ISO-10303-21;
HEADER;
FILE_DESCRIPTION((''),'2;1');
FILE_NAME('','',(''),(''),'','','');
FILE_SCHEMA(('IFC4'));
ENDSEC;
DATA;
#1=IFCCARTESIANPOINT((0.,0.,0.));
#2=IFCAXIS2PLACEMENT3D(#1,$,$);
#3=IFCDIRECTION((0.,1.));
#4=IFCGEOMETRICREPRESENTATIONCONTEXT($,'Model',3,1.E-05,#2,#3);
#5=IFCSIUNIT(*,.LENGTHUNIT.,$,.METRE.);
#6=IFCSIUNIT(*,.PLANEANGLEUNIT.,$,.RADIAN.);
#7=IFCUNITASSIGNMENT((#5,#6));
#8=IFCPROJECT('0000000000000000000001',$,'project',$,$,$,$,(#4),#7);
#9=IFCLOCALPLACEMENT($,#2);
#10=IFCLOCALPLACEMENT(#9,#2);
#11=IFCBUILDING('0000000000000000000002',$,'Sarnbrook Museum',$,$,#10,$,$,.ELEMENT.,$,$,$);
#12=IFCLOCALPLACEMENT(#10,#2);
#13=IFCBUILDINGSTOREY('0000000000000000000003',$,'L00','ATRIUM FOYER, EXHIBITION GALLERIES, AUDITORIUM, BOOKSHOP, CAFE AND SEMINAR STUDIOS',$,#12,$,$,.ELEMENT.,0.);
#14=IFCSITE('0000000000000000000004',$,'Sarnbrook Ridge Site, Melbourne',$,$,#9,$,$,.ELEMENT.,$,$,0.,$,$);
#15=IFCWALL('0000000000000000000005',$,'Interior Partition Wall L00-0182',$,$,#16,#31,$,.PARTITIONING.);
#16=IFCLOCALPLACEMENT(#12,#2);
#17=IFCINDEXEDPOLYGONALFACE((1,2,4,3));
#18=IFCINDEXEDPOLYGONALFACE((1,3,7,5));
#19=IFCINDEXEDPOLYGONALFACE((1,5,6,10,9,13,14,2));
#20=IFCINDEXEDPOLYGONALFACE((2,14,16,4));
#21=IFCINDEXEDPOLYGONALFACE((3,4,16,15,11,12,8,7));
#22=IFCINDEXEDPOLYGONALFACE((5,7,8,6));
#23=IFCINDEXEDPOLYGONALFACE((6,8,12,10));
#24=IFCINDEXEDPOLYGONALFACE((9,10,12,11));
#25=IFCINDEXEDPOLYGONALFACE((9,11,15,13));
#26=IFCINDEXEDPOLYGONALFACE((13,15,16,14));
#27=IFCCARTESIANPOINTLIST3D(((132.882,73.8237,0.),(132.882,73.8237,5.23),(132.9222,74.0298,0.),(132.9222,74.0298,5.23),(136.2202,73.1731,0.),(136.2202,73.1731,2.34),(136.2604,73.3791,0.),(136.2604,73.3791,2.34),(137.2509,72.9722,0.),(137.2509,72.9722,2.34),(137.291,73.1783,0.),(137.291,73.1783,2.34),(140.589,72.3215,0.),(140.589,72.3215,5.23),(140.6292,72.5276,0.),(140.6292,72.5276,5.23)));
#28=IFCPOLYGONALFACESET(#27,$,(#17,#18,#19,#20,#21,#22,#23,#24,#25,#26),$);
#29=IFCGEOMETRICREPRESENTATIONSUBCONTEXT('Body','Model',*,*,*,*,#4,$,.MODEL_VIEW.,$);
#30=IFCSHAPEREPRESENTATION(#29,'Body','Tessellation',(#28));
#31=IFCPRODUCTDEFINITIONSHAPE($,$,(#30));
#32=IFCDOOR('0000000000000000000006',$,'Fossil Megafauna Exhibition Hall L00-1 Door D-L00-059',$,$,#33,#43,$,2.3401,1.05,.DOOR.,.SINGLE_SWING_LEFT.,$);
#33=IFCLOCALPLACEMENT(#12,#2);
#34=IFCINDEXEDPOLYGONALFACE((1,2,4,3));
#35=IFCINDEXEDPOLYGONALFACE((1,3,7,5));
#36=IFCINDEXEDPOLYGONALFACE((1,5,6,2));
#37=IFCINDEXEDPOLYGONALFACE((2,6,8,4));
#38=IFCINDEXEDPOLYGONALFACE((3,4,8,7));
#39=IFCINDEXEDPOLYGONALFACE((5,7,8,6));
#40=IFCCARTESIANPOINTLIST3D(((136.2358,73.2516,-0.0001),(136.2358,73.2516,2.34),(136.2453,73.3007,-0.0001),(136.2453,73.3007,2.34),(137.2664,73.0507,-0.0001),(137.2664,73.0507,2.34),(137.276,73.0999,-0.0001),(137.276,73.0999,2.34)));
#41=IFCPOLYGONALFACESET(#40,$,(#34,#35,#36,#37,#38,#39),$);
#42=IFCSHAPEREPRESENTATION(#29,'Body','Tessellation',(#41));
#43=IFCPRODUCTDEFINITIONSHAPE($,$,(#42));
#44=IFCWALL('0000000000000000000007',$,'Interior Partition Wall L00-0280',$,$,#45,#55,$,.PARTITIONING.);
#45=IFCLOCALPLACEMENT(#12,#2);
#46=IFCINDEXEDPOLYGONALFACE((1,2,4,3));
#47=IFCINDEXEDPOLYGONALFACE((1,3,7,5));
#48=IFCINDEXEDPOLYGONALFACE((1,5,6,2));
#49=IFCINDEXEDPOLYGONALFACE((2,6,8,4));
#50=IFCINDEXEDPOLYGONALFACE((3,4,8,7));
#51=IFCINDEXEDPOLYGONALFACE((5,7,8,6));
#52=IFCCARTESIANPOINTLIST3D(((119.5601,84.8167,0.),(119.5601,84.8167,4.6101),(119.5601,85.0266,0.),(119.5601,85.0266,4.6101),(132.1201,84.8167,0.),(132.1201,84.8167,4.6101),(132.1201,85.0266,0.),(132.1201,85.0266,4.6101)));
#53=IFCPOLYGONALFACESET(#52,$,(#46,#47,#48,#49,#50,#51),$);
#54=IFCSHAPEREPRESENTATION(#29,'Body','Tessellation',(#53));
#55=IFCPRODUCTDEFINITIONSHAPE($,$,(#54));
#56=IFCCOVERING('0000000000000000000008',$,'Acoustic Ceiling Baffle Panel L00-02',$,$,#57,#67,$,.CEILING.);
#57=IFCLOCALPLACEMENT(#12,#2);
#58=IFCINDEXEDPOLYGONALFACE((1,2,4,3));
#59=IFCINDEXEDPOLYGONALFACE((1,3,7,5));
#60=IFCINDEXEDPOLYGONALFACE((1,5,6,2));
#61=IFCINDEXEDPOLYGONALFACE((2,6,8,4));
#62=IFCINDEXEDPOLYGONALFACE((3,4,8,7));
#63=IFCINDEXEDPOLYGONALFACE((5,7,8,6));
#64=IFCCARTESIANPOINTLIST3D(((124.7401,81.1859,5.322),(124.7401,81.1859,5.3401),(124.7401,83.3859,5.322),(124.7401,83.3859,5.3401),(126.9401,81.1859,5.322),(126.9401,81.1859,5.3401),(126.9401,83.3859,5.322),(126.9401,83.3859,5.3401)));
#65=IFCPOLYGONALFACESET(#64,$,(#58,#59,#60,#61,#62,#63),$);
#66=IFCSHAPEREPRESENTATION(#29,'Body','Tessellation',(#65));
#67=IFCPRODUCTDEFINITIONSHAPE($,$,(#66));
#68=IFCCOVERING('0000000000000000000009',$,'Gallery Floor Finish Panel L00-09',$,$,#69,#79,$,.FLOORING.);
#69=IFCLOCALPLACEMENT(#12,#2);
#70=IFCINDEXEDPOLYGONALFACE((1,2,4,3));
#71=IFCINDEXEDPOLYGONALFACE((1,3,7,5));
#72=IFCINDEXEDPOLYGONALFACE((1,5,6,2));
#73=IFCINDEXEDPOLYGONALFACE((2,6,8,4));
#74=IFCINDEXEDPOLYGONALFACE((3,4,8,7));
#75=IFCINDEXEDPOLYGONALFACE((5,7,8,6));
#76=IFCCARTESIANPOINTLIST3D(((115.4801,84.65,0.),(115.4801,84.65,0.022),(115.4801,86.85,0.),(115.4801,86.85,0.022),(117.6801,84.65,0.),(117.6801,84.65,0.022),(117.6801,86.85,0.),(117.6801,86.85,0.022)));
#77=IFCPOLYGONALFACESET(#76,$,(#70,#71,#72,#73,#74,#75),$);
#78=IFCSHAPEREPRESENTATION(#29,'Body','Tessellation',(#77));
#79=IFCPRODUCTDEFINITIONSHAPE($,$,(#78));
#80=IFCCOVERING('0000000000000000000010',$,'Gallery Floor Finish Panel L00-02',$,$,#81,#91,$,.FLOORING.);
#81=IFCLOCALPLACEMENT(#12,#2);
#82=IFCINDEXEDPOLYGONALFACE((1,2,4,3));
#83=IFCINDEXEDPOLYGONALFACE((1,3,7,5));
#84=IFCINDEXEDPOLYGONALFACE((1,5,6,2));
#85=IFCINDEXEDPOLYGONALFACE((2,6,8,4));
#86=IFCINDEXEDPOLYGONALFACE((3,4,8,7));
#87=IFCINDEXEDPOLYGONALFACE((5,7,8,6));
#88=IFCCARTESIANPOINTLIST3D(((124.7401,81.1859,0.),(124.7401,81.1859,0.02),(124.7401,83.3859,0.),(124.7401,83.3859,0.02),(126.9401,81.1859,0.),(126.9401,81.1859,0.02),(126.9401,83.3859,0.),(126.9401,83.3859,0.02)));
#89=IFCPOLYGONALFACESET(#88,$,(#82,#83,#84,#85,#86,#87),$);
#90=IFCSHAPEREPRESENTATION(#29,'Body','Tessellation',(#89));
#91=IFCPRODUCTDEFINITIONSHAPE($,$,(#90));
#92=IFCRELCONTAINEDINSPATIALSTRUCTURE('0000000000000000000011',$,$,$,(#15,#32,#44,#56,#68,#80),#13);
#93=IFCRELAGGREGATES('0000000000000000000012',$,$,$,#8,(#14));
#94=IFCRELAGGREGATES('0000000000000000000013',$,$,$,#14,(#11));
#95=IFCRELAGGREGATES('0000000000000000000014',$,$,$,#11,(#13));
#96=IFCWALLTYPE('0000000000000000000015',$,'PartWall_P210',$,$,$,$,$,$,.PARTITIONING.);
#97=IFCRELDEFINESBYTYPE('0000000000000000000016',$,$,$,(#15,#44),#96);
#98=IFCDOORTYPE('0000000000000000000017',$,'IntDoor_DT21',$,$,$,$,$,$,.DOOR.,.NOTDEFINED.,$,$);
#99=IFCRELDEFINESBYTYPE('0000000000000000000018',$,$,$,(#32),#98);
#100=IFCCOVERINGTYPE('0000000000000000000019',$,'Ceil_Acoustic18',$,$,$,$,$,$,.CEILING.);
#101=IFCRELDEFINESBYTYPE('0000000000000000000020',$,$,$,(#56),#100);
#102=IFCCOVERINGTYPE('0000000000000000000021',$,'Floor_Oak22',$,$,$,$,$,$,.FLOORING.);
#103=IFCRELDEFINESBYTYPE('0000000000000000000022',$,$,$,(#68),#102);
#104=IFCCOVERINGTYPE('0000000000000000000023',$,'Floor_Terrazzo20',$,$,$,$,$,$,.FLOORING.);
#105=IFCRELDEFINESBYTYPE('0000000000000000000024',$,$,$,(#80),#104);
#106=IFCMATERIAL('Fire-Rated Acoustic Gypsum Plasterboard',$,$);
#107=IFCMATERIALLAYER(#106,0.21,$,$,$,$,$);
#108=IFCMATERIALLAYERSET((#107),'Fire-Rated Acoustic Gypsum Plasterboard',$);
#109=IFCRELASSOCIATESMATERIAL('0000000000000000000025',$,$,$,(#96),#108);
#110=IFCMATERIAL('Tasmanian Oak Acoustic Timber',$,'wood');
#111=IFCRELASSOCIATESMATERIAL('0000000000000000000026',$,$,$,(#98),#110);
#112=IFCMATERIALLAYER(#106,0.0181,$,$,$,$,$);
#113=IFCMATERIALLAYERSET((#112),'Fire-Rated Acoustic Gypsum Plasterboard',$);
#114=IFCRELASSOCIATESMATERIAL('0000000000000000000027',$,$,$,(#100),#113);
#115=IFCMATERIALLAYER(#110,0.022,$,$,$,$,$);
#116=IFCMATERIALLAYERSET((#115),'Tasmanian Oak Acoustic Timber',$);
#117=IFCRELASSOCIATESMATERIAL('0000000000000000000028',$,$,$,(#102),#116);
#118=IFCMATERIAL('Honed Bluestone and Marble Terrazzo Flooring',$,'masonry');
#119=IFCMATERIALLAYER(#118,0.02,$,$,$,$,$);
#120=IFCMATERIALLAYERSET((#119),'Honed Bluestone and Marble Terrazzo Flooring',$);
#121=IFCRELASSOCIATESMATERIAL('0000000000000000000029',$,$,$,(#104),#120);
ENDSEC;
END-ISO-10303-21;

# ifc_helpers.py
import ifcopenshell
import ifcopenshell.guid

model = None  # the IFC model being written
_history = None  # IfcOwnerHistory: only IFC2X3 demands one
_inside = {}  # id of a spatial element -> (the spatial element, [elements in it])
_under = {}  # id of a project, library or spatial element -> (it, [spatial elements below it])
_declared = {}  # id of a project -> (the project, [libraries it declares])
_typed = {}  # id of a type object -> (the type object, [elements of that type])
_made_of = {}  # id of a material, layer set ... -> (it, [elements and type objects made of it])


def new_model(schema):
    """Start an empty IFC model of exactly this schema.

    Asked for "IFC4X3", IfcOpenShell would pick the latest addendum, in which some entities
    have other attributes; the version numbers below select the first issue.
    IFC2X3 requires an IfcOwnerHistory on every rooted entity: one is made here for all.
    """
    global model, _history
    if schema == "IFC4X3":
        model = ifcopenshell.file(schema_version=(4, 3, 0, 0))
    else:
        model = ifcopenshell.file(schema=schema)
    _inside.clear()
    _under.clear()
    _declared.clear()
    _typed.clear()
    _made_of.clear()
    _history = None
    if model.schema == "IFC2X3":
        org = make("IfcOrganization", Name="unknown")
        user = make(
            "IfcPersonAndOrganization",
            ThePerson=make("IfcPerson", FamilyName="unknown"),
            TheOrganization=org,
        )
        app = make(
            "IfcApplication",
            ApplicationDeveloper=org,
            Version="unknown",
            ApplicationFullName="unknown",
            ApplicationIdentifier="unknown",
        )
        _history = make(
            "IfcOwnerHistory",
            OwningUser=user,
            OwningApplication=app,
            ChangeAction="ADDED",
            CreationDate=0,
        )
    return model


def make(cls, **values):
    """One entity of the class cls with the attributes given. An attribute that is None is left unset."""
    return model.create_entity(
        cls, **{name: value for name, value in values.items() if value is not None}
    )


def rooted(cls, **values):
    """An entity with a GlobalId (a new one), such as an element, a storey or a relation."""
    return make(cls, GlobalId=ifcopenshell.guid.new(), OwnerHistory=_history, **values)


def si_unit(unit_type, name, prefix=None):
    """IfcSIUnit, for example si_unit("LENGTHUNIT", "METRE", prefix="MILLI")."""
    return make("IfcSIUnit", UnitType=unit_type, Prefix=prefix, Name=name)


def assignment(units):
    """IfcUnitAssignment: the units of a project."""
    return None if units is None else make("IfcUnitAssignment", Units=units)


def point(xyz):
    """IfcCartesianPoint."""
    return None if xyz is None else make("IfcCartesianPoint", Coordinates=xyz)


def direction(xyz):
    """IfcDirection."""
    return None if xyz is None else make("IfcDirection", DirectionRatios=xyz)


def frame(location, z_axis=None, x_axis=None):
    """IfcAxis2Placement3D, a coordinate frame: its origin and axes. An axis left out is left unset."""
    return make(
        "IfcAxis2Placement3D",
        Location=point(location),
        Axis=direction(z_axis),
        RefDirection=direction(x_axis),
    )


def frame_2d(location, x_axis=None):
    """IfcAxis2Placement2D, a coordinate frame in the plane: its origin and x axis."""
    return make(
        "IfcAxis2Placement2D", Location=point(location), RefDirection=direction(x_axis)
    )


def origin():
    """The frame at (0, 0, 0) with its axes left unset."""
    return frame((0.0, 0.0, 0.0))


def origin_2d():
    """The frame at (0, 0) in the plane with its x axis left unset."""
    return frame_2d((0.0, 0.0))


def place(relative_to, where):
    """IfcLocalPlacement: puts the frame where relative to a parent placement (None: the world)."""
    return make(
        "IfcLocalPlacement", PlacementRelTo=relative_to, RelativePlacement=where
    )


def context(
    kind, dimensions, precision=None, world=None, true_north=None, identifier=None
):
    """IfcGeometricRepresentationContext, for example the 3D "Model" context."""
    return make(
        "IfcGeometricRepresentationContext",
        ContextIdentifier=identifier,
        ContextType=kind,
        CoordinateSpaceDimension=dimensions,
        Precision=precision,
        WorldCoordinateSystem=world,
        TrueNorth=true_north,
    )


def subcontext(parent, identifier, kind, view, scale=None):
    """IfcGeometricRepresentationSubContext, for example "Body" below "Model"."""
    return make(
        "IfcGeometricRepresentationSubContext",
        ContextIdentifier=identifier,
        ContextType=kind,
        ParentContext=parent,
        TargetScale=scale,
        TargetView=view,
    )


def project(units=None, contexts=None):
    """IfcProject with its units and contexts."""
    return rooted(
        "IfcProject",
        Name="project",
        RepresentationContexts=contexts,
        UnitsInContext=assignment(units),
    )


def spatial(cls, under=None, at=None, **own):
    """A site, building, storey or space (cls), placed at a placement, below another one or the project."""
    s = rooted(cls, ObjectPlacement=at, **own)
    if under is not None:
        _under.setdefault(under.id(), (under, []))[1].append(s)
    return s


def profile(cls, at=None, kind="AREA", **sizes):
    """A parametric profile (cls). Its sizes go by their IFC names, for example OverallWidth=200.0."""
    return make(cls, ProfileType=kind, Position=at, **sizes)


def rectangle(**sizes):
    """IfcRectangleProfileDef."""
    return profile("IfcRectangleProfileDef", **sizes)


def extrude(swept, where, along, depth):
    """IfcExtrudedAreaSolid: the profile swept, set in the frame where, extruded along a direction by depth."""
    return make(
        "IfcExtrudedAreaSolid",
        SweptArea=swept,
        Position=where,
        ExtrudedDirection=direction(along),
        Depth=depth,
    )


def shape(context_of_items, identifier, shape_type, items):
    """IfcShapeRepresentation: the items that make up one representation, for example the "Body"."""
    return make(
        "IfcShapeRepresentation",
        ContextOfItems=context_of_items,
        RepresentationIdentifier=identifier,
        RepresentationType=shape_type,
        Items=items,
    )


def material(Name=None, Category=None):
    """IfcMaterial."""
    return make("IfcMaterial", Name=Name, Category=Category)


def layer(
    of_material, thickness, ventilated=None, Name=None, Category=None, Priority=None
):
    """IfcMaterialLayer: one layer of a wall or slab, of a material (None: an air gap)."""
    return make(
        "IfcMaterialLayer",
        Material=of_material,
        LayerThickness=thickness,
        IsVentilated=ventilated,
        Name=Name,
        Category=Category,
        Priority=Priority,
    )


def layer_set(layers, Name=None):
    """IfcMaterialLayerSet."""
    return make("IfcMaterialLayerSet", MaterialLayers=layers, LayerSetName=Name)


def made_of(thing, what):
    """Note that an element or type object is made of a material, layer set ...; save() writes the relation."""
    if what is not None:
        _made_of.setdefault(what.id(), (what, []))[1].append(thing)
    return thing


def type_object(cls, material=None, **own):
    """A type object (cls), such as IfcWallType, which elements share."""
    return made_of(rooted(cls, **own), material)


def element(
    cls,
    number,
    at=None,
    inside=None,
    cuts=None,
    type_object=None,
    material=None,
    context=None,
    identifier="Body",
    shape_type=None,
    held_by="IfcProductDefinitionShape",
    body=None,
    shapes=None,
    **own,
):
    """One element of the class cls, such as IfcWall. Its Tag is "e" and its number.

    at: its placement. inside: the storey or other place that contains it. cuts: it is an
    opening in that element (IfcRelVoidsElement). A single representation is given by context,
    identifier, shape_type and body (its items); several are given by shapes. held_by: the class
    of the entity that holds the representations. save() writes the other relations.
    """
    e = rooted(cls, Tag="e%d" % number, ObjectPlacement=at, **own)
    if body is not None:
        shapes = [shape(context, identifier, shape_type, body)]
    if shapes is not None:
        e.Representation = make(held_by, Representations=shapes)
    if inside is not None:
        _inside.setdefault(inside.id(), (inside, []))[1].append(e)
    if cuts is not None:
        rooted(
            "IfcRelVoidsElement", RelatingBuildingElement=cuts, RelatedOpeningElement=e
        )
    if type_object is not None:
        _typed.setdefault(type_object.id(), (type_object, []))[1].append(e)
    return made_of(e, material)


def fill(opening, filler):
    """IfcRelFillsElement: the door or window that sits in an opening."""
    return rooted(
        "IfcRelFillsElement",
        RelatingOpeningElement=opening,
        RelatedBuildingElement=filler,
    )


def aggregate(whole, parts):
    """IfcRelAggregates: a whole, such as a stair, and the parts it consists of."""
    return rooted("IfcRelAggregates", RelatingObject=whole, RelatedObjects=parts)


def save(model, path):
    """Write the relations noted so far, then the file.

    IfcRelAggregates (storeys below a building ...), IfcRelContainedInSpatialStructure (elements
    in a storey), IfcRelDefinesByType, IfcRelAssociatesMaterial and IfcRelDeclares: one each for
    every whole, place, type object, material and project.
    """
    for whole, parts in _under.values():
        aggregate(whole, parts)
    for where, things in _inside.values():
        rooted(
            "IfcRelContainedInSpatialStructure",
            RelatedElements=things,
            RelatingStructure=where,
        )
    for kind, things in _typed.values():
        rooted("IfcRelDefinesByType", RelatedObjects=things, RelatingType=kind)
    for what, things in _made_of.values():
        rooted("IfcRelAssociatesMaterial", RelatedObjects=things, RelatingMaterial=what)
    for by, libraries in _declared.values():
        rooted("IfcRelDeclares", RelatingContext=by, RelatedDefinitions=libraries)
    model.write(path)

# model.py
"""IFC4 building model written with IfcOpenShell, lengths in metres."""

from ifc_helpers import new_model, si_unit, direction, frame, frame_2d, origin, origin_2d, place, context, subcontext, project, spatial, rectangle, extrude, material, layer, layer_set, type_object, element, fill, save


model = new_model("IFC4")

# Units and contexts
model_context = context("Model", 3, precision=1e-05, world=origin(), true_north=direction((0.0, 1.0)))
body_context = subcontext(model_context, "Body", "Model", "MODEL_VIEW")
ifc_project = project(units=[si_unit("LENGTHUNIT", "METRE"), si_unit("PLANEANGLEUNIT", "RADIAN")], contexts=[model_context])

# Site, building, storey
site_placement = place(None, origin())
site = spatial("IfcSite", under=ifc_project, at=site_placement, Name="Sarnbrook Ridge Site, Melbourne", CompositionType="ELEMENT", RefElevation=0.0)
building_placement = place(site_placement, origin())
building = spatial("IfcBuilding", under=site, at=building_placement, Name="Sarnbrook Museum", CompositionType="ELEMENT")
storey_placement = place(building_placement, origin())
storey = spatial("IfcBuildingStorey", under=building, at=storey_placement, Name="L00", Description="ATRIUM FOYER, EXHIBITION GALLERIES, AUDITORIUM, BOOKSHOP, CAFE AND SEMINAR STUDIOS", CompositionType="ELEMENT", Elevation=0.0)

# Shared definitions
ifc_material_1 = material(Name="Fire-Rated Acoustic Gypsum Plasterboard")

# Shared definitions
ifc_material_2 = material(Name="Tasmanian Oak Acoustic Timber", Category="wood")

# Wall, opening, door
ifc_layer_1 = layer(ifc_material_1, 0.21)
ifc_layer_set_1 = layer_set([ifc_layer_1], Name="Fire-Rated Acoustic Gypsum Plasterboard")
wall_type_1 = type_object("IfcWallType", Name="PartWall_P210", PredefinedType="PARTITIONING", material=ifc_layer_set_1)
wall_1_placement = place(storey_placement, frame((132.9021, 73.9268, 0.0), z_axis=(0.0, 0.0, 1.0), x_axis=(0.981529, -0.191312, 0.0)))
wall_1 = element("IfcWall", 1, at=wall_1_placement, inside=storey, type_object=wall_type_1, Name="Interior Partition Wall L00-0182", PredefinedType="PARTITIONING", context=body_context, shape_type="SweptSolid", body=[
    extrude(rectangle(XDim=7.8521, YDim=0.21, at=frame_2d((3.926, 0.0))), origin(), (0.0, 0.0, 1.0), 5.23),
])
opening_1_placement = place(wall_1_placement, frame((3.4011, 0.0, 0.0)))
opening_1 = element("IfcOpeningElement", 2, at=opening_1_placement, cuts=wall_1, PredefinedType="OPENING", context=body_context, shape_type="SweptSolid", body=[
    extrude(rectangle(XDim=1.05, YDim=2.3401, at=frame_2d((0.5249, 1.1699))), frame((0.0, 0.115, 0.0), z_axis=(0.0, -1.0, 0.0), x_axis=(1.0, 0.0, 0.0)), (0.0, 0.0, 1.0), 0.23),
])
door_type_1 = type_object("IfcDoorType", Name="IntDoor_DT21", OperationType="NOTDEFINED", PredefinedType="DOOR", material=ifc_material_2)
door_1_placement = place(opening_1_placement, frame((1.05, 0.0, 0.0), z_axis=(0.0, 0.0, 1.0), x_axis=(-1.0, 0.0, 0.0)))
door_1 = element("IfcDoor", 3, at=door_1_placement, inside=storey, type_object=door_type_1, Name="Fossil Megafauna Exhibition Hall L00-1 Door D-L00-059", OperationType="SINGLE_SWING_LEFT", OverallHeight=2.3401, OverallWidth=1.05, PredefinedType="DOOR", context=body_context, shape_type="SweptSolid", body=[
    extrude(rectangle(XDim=1.05, YDim=2.3401, at=frame_2d((0.5249, 1.1699))), frame((0.0, 0.0249, 0.0), z_axis=(0.0, -1.0, 0.0), x_axis=(1.0, 0.0, 0.0)), (0.0, 0.0, 1.0), 0.05),
])
fill(opening_1, door_1)

# Wall
wall_2_placement = place(storey_placement, frame((119.5601, 84.9216, 0.0), z_axis=(0.0, 0.0, 1.0), x_axis=(1.0, 0.0, 0.0)))
element("IfcWall", 4, at=wall_2_placement, inside=storey, type_object=wall_type_1, Name="Interior Partition Wall L00-0280", PredefinedType="PARTITIONING", context=body_context, shape_type="SweptSolid", body=[
    extrude(rectangle(XDim=12.5601, YDim=0.21, at=frame_2d((6.28, 0.0))), origin(), (0.0, 0.0, 1.0), 4.6101),
])

# Coverings
ifc_layer_2 = layer(ifc_material_1, 0.0181)
ifc_layer_set_2 = layer_set([ifc_layer_2], Name="Fire-Rated Acoustic Gypsum Plasterboard")
covering_type_1 = type_object("IfcCoveringType", Name="Ceil_Acoustic18", PredefinedType="CEILING", material=ifc_layer_set_2)
covering_1_placement = place(storey_placement, frame((125.8401, 82.2859, 5.322), z_axis=(0.0, 0.0, 1.0), x_axis=(1.0, 0.0, 0.0)))
element("IfcCovering", 5, at=covering_1_placement, inside=storey, type_object=covering_type_1, Name="Acoustic Ceiling Baffle Panel L00-02", PredefinedType="CEILING", context=body_context, shape_type="SweptSolid", body=[
    extrude(rectangle(XDim=2.2, YDim=2.2, at=origin_2d()), origin(), (0.0, 0.0, 1.0), 0.0181),
])
ifc_layer_3 = layer(ifc_material_2, 0.022)
ifc_layer_set_3 = layer_set([ifc_layer_3], Name="Tasmanian Oak Acoustic Timber")
covering_type_2 = type_object("IfcCoveringType", Name="Floor_Oak22", PredefinedType="FLOORING", material=ifc_layer_set_3)
covering_2_placement = place(storey_placement, frame((116.5801, 85.75, 0.0), z_axis=(0.0, 0.0, 1.0), x_axis=(1.0, 0.0, 0.0)))
element("IfcCovering", 6, at=covering_2_placement, inside=storey, type_object=covering_type_2, Name="Gallery Floor Finish Panel L00-09", PredefinedType="FLOORING", context=body_context, shape_type="SweptSolid", body=[
    extrude(rectangle(XDim=2.2, YDim=2.2, at=origin_2d()), origin(), (0.0, 0.0, 1.0), 0.022),
])
ifc_material_3 = material(Name="Honed Bluestone and Marble Terrazzo Flooring", Category="masonry")
ifc_layer_4 = layer(ifc_material_3, 0.02)
ifc_layer_set_4 = layer_set([ifc_layer_4], Name="Honed Bluestone and Marble Terrazzo Flooring")
covering_type_3 = type_object("IfcCoveringType", Name="Floor_Terrazzo20", PredefinedType="FLOORING", material=ifc_layer_set_4)
covering_3_placement = place(storey_placement, frame((125.8401, 82.2859, 0.0), z_axis=(0.0, 0.0, 1.0), x_axis=(1.0, 0.0, 0.0)))
element("IfcCovering", 7, at=covering_3_placement, inside=storey, type_object=covering_type_3, Name="Gallery Floor Finish Panel L00-02", PredefinedType="FLOORING", context=body_context, shape_type="SweptSolid", body=[
    extrude(rectangle(XDim=2.2, YDim=2.2, at=origin_2d()), origin(), (0.0, 0.0, 1.0), 0.02),
])

save(model, "model.ifc")
